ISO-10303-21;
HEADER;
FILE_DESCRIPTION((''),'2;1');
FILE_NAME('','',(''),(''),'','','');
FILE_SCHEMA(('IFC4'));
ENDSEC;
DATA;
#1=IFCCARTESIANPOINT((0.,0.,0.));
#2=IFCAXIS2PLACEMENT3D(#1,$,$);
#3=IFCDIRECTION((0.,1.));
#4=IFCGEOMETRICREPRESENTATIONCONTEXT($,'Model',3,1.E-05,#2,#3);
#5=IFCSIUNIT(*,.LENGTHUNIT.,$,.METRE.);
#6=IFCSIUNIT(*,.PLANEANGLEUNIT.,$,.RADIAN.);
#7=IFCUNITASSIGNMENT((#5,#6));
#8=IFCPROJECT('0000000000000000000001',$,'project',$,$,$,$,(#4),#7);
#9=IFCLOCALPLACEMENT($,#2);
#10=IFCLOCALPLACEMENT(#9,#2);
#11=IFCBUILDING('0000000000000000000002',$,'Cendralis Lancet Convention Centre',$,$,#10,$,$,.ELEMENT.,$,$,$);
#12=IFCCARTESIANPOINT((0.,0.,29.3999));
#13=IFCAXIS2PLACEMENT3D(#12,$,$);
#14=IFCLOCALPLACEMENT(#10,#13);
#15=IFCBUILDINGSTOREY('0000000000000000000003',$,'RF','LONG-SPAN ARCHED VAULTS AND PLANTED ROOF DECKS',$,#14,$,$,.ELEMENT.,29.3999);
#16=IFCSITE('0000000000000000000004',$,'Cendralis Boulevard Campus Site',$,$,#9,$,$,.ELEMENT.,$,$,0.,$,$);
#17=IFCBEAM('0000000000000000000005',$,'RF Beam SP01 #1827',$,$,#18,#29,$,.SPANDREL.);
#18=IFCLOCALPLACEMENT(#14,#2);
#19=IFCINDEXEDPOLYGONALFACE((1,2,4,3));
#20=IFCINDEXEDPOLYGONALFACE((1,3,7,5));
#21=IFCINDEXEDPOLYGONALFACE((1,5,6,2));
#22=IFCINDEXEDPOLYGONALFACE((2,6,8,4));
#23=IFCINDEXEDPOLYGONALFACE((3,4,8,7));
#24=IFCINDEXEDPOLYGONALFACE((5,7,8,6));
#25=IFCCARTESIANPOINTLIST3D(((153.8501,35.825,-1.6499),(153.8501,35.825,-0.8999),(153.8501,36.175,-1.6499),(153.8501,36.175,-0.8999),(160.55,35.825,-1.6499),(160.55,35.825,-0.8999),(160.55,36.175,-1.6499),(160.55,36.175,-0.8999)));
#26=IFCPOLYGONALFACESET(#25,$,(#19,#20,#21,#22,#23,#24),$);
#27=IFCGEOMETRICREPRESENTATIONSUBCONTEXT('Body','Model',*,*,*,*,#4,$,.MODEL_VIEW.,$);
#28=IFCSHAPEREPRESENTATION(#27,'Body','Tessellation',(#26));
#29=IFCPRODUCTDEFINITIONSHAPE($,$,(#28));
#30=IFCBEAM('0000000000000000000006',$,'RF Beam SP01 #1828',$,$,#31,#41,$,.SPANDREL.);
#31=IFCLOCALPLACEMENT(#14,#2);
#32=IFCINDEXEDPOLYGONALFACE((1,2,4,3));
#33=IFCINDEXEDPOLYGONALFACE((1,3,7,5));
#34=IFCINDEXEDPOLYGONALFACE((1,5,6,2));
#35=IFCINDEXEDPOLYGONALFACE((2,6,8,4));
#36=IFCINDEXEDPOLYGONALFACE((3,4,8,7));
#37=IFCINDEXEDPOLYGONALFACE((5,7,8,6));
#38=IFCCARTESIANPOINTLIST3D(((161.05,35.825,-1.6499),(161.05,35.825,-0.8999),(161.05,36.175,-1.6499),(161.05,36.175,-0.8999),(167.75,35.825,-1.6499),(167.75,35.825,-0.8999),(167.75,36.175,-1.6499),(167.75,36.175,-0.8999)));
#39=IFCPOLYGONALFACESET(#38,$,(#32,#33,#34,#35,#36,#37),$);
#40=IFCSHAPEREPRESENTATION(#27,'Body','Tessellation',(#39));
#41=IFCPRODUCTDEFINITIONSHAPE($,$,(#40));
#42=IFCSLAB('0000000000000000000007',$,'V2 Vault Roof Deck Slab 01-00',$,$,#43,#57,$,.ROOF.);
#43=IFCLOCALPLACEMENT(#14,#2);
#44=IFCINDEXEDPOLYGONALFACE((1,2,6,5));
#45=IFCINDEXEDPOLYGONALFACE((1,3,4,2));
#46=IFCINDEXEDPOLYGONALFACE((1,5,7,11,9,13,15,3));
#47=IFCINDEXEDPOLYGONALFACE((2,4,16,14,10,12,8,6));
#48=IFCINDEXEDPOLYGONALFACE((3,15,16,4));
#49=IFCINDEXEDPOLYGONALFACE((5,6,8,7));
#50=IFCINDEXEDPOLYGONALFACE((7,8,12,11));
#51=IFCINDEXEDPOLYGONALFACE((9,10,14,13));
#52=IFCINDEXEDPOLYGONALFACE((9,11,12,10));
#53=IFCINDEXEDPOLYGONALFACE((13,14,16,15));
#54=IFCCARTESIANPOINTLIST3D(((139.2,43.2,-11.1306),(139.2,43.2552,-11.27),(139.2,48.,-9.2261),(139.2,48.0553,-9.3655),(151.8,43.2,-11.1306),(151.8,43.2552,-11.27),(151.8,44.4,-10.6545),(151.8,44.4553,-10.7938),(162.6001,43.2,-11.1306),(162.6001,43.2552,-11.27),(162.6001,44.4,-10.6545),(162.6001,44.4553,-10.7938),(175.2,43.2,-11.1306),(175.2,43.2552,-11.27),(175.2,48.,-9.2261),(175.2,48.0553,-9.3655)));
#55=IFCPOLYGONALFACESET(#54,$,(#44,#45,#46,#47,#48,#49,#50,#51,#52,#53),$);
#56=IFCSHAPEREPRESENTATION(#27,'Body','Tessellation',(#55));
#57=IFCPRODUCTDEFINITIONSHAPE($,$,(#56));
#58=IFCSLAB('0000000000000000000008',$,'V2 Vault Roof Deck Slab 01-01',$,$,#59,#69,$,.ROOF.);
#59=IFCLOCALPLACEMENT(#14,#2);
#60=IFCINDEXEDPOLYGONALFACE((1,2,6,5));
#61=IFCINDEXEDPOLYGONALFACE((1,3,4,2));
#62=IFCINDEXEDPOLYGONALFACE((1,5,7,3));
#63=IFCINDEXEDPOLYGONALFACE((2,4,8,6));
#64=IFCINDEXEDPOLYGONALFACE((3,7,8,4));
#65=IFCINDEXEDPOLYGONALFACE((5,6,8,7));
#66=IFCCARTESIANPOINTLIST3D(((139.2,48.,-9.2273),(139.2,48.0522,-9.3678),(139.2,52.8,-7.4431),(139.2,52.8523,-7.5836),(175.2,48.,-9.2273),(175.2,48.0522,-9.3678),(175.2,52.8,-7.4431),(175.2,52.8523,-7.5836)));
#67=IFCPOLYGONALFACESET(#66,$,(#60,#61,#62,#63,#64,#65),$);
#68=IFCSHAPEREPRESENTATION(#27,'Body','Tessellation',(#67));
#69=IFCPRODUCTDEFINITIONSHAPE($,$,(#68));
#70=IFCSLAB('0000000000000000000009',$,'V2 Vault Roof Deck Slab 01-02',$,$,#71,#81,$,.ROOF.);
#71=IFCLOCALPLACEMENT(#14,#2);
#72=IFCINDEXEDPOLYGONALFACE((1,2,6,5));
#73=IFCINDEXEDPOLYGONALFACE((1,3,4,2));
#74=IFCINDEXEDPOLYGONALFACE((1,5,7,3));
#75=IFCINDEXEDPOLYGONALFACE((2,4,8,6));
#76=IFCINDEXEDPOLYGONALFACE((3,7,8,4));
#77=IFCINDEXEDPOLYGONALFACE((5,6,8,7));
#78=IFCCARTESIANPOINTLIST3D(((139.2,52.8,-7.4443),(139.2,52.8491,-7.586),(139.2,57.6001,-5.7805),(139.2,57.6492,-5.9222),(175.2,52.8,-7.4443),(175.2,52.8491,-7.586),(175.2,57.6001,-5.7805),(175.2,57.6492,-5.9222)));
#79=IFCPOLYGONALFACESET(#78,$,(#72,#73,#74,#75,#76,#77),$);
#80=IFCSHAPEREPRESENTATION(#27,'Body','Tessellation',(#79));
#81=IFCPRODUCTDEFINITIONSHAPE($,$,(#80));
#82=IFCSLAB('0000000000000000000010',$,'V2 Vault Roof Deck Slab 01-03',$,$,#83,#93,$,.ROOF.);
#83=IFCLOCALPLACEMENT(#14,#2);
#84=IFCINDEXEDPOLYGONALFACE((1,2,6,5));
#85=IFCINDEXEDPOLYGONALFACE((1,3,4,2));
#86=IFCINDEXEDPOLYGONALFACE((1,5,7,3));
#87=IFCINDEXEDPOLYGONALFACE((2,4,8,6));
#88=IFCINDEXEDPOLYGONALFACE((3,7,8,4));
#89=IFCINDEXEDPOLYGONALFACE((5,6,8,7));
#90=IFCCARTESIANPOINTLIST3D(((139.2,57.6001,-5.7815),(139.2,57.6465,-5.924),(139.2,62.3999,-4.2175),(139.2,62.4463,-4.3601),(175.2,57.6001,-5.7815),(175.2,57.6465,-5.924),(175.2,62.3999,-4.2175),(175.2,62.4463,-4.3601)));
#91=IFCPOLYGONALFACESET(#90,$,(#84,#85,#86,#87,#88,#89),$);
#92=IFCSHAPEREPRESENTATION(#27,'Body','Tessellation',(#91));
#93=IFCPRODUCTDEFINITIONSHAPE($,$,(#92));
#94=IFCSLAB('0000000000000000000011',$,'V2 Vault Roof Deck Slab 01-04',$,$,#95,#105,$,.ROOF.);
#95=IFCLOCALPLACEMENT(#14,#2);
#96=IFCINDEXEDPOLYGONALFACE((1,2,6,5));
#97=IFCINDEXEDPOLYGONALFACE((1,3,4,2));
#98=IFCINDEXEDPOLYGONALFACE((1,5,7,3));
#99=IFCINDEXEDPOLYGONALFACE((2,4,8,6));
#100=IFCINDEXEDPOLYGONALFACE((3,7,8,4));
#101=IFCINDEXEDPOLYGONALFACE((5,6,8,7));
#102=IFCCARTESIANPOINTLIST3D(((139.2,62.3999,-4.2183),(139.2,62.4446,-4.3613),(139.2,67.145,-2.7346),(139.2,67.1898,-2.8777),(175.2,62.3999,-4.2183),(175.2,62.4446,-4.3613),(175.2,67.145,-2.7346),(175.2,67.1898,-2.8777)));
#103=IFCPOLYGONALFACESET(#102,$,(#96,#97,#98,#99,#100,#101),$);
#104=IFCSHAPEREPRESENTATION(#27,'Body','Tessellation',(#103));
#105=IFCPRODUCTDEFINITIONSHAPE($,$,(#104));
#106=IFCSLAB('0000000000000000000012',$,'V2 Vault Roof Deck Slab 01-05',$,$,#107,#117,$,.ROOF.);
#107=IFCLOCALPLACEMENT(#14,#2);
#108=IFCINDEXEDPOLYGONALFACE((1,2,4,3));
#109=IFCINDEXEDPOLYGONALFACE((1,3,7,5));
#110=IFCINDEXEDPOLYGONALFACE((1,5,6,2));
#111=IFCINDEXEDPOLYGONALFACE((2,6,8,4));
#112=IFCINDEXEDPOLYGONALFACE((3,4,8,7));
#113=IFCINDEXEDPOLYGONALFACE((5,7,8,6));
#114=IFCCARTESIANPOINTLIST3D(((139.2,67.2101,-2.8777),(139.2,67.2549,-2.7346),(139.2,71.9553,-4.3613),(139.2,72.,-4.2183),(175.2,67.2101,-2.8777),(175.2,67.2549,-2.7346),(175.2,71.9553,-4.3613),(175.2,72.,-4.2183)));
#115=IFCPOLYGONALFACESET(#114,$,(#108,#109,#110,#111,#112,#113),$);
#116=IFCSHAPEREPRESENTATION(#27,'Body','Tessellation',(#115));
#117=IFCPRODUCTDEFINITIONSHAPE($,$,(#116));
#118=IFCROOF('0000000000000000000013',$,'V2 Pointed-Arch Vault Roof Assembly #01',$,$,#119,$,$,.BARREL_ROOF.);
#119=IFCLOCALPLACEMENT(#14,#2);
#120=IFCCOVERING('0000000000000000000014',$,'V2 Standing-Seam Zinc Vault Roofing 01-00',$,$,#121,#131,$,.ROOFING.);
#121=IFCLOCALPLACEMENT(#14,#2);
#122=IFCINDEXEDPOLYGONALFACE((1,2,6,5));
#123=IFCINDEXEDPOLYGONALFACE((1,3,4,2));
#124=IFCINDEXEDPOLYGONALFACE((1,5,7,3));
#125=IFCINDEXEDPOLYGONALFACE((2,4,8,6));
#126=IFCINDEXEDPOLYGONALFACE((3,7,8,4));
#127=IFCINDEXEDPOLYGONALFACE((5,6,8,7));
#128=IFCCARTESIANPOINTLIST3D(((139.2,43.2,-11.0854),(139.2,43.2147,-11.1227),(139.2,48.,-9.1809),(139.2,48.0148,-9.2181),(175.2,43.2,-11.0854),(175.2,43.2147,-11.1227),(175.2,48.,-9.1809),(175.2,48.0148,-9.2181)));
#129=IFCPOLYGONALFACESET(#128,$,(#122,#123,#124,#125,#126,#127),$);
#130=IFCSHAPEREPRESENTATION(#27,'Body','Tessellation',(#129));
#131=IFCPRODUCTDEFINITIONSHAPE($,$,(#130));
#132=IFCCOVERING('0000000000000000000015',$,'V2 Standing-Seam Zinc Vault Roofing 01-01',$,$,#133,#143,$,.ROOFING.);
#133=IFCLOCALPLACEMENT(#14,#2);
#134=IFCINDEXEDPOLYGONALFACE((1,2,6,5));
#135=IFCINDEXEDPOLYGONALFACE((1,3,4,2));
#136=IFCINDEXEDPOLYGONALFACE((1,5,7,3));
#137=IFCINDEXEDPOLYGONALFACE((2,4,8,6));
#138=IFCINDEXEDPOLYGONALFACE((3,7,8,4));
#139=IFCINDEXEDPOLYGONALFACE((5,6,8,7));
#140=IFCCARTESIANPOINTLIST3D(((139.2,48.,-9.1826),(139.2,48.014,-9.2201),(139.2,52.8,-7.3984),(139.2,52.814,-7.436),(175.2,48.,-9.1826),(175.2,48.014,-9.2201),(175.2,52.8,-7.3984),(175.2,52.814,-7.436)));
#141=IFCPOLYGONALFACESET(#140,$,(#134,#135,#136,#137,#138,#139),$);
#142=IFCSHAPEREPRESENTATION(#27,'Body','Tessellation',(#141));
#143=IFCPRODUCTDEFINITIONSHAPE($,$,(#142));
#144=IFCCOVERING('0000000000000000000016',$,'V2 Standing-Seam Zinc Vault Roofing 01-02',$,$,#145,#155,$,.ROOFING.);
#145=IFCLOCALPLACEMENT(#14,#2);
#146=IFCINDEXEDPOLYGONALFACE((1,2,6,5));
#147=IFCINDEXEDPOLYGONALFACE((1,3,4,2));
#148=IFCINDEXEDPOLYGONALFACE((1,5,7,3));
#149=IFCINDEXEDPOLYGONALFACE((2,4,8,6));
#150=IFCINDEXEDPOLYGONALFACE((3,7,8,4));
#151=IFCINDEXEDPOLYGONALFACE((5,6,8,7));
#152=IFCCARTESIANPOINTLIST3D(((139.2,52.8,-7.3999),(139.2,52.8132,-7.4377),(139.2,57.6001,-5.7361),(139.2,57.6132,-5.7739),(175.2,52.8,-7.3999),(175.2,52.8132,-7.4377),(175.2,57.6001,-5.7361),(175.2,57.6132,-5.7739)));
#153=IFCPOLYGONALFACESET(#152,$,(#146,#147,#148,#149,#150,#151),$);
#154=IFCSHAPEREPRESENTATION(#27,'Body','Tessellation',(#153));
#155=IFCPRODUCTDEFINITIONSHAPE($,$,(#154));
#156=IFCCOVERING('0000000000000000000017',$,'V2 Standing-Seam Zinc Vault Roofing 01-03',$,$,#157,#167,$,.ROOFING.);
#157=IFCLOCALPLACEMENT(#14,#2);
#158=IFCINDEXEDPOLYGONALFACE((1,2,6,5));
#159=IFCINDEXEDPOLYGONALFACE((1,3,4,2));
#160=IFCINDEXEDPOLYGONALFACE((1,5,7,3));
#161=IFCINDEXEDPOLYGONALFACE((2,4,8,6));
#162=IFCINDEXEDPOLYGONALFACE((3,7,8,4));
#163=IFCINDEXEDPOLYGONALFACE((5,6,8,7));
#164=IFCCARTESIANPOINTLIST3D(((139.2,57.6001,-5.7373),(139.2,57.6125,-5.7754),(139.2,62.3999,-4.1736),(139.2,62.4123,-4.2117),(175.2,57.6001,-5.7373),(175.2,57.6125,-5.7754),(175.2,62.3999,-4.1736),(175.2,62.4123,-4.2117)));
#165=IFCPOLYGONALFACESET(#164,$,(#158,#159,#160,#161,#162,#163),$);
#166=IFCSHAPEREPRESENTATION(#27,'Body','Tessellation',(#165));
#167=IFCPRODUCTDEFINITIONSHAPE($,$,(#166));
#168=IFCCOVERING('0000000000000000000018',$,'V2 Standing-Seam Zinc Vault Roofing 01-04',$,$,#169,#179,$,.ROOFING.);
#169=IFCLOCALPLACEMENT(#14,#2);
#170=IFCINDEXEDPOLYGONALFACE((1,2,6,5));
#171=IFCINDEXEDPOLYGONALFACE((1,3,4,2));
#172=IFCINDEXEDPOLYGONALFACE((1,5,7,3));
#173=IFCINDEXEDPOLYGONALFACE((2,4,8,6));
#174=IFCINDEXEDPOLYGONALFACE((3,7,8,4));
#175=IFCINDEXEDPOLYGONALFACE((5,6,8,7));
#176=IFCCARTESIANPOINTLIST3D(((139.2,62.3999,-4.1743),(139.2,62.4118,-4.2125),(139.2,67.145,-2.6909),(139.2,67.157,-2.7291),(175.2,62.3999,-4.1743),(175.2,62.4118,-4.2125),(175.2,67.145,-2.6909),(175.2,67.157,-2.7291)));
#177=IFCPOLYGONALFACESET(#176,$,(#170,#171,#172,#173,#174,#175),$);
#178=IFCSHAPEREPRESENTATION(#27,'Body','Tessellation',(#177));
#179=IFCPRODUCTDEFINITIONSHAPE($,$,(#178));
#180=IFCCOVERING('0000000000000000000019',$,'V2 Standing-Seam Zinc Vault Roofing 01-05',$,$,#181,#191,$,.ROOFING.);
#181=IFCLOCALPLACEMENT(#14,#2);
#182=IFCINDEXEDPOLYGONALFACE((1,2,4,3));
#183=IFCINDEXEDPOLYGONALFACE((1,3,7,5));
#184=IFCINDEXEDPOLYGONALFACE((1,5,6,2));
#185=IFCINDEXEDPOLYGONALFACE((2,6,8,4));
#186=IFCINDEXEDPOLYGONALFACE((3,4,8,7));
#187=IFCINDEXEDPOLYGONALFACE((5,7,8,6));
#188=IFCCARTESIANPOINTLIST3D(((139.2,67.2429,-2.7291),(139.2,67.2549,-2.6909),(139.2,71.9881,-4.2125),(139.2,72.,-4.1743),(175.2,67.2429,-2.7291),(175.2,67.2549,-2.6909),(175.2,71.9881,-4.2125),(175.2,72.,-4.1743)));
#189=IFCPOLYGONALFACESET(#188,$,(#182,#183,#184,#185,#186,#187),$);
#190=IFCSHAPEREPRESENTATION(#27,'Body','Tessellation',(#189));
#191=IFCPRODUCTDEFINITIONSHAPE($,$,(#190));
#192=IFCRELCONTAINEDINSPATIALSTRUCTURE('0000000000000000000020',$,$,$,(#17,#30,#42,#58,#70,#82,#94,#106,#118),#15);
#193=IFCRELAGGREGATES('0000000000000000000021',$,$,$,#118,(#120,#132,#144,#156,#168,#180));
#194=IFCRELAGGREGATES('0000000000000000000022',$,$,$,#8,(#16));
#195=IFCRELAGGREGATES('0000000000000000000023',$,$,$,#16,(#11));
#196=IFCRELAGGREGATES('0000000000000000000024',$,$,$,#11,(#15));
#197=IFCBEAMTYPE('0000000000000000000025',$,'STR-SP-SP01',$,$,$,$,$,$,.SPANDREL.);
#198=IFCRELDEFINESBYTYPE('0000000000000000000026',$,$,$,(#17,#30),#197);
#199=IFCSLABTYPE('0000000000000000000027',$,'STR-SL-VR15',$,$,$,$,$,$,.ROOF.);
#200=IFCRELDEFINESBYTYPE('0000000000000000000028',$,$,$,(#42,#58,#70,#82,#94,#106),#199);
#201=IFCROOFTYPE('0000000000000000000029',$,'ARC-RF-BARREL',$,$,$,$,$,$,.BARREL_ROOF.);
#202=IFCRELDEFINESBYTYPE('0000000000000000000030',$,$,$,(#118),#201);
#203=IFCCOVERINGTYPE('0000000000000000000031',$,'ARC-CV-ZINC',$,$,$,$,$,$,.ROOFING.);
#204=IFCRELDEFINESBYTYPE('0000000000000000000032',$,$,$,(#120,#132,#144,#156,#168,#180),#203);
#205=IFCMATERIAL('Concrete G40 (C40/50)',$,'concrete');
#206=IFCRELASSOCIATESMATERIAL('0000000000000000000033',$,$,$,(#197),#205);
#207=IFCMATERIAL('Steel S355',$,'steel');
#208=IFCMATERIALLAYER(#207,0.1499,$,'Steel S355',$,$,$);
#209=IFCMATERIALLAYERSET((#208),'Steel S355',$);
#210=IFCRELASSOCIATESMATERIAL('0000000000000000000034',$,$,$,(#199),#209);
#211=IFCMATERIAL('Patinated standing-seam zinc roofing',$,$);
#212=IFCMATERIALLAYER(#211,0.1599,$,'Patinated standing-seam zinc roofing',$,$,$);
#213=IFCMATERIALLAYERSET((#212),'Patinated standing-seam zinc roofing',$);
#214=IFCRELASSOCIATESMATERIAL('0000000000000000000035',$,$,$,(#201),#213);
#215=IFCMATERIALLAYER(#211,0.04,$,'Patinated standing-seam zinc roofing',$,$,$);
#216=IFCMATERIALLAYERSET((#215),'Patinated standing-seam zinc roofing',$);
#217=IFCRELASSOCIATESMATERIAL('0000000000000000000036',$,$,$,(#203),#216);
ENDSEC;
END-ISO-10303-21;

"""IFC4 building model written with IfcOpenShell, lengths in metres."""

from ifc_helpers import new_model, si_unit, direction, frame, origin, origin_2d, place, context, subcontext, project, spatial, polyline, rectangle, outline, extrude, material, layer, layer_set, material_profile, profile_set, type_object, element, aggregate, save


model = new_model("IFC4")

# Units and contexts
model_context = context("Model", 3, precision=1e-05, world=origin(), true_north=direction((0.0, 1.0)))
body_context = subcontext(model_context, "Body", "Model", "MODEL_VIEW")
ifc_project = project(units=[si_unit("LENGTHUNIT", "METRE"), si_unit("PLANEANGLEUNIT", "RADIAN")], contexts=[model_context])

# Site, building, storey
site_placement = place(None, origin())
site = spatial("IfcSite", under=ifc_project, at=site_placement, Name="Cendralis Boulevard Campus Site", CompositionType="ELEMENT", RefElevation=0.0)
building_placement = place(site_placement, origin())
building = spatial("IfcBuilding", under=site, at=building_placement, Name="Cendralis Lancet Convention Centre", CompositionType="ELEMENT")
storey_placement = place(building_placement, frame((0.0, 0.0, 29.3999)))
storey = spatial("IfcBuildingStorey", under=building, at=storey_placement, Name="RF", Description="LONG-SPAN ARCHED VAULTS AND PLANTED ROOF DECKS", CompositionType="ELEMENT", Elevation=29.3999)

# Shared definitions
ifc_material_1 = material(Name="Steel S355", Category="steel")

# Beams
ifc_material_2 = material(Name="Concrete G40 (C40/50)", Category="concrete")
ifc_material_profile_1 = material_profile(ifc_material_2, rectangle(XDim=0.3501, YDim=0.75, at=origin_2d()), Name="RCB 350x750")
ifc_profile_set_1 = profile_set([ifc_material_profile_1], Name="Concrete G40 (C40/50)")
beam_type = type_object("IfcBeamType", Name="STR-SP-SP01", PredefinedType="SPANDREL", material=ifc_profile_set_1)
for number, where, z_axis, x_axis, name in (
    (1, (153.8501, 36.0, -1.2749), (1.0, 0.0, 0.0), (0.0, 1.0, 0.0), "RF Beam SP01 #1827"),
    (2, (161.05, 36.0, -1.2749), (1.0, 0.0, 0.0), (0.0, 1.0, 0.0), "RF Beam SP01 #1828"),
):
    element("IfcBeam", number, at=place(storey_placement, frame(where, z_axis=z_axis, x_axis=x_axis)), inside=storey, type_object=beam_type, Name=name, PredefinedType="SPANDREL", context=body_context, shape_type="SweptSolid", body=[
        extrude(rectangle(XDim=0.3501, YDim=0.75, at=origin_2d()), origin(), (0.0, 0.0, 1.0), 6.7),
    ])

# Slabs
ifc_layer_1 = layer(ifc_material_1, 0.1499, Name="Steel S355")
ifc_layer_set_1 = layer_set([ifc_layer_1], Name="Steel S355")
slab_type = type_object("IfcSlabType", Name="STR-SL-VR15", PredefinedType="ROOF", material=ifc_layer_set_1)
slab_1_placement = place(storey_placement, frame((139.2, 43.2, -11.1306), z_axis=(0.0, -0.368794, 0.929511), x_axis=(1.0, 0.0, 0.0)))
element("IfcSlab", 3, at=slab_1_placement, inside=storey, type_object=slab_type, Name="V2 Vault Roof Deck Slab 01-00", PredefinedType="ROOF", context=body_context, shape_type="SweptSolid", body=[
    extrude(outline(polyline([(0.0, 0.0), (12.6001, 0.0), (12.6001, 1.291), (23.4001, 1.291), (23.4001, 0.0), (36.0, 0.0), (36.0, 5.1641), (0.0, 5.1641), (0.0, 0.0)])), origin(), (0.0, 0.0, -1.0), 0.1499),
])
slab_2_placement = place(storey_placement, frame((139.2, 48.0, -9.2273), z_axis=(0.0, -0.34841, 0.937342), x_axis=(1.0, 0.0, 0.0)))
element("IfcSlab", 4, at=slab_2_placement, inside=storey, type_object=slab_type, Name="V2 Vault Roof Deck Slab 01-01", PredefinedType="ROOF", context=body_context, shape_type="SweptSolid", body=[
    extrude(outline(polyline([(0.0, 0.0), (36.0, 0.0), (36.0, 5.1209), (0.0, 5.1209), (0.0, 0.0)])), origin(), (0.0, 0.0, -1.0), 0.1499),
])
slab_3_placement = place(storey_placement, frame((139.2, 52.8, -7.4443), z_axis=(0.0, -0.327508, 0.944848), x_axis=(1.0, 0.0, 0.0)))
element("IfcSlab", 5, at=slab_3_placement, inside=storey, type_object=slab_type, Name="V2 Vault Roof Deck Slab 01-02", PredefinedType="ROOF", context=body_context, shape_type="SweptSolid", body=[
    extrude(outline(polyline([(0.0, 0.0), (36.0, 0.0), (36.0, 5.0802), (0.0, 5.0802), (0.0, 0.0)])), origin(), (0.0, 0.0, -1.0), 0.1499),
])
slab_4_placement = place(storey_placement, frame((139.2, 57.6001, -5.7815), z_axis=(0.0, -0.309808, 0.950799), x_axis=(1.0, 0.0, 0.0)))
element("IfcSlab", 6, at=slab_4_placement, inside=storey, type_object=slab_type, Name="V2 Vault Roof Deck Slab 01-03", PredefinedType="ROOF", context=body_context, shape_type="SweptSolid", body=[
    extrude(outline(polyline([(0.0, 0.0), (36.0, 0.0), (36.0, 5.0482), (0.0, 5.0482), (0.0, 0.0)])), origin(), (0.0, 0.0, -1.0), 0.1499),
])
for number, where, z_axis, x_axis, name in (
    (7, (139.2, 62.3999, -4.2183), (0.0, -0.29842, 0.954435), (1.0, 0.0, 0.0), "V2 Vault Roof Deck Slab 01-04"),
    (8, (139.2, 67.2549, -2.7346), (0.0, 0.29842, 0.954435), (1.0, 0.0, 0.0), "V2 Vault Roof Deck Slab 01-05"),
):
    element("IfcSlab", number, at=place(storey_placement, frame(where, z_axis=z_axis, x_axis=x_axis)), inside=storey, type_object=slab_type, Name=name, PredefinedType="ROOF", context=body_context, shape_type="SweptSolid", body=[
        extrude(outline(polyline([(0.0, 0.0), (36.0, 0.0), (36.0, 4.9717), (0.0, 4.9717), (0.0, 0.0)])), origin(), (0.0, 0.0, -1.0), 0.1499),
    ])

# Roof, coverings
ifc_material_3 = material(Name="Patinated standing-seam zinc roofing")
ifc_layer_2 = layer(ifc_material_3, 0.1599, Name="Patinated standing-seam zinc roofing")
ifc_layer_set_2 = layer_set([ifc_layer_2], Name="Patinated standing-seam zinc roofing")
roof_type_1 = type_object("IfcRoofType", Name="ARC-RF-BARREL", PredefinedType="BARREL_ROOF", material=ifc_layer_set_2)
roof_1_placement = place(storey_placement, origin())
roof_1 = element("IfcRoof", 9, at=roof_1_placement, inside=storey, type_object=roof_type_1, Name="V2 Pointed-Arch Vault Roof Assembly #01", PredefinedType="BARREL_ROOF")
ifc_layer_3 = layer(ifc_material_3, 0.04, Name="Patinated standing-seam zinc roofing")
ifc_layer_set_3 = layer_set([ifc_layer_3], Name="Patinated standing-seam zinc roofing")
covering_type = type_object("IfcCoveringType", Name="ARC-CV-ZINC", PredefinedType="ROOFING", material=ifc_layer_set_3)
covering_1_placement = place(storey_placement, frame((139.2, 43.2, -11.0854), z_axis=(0.0, -0.368805, 0.929507), x_axis=(1.0, 0.0, 0.0)))
covering_1 = element("IfcCovering", 10, at=covering_1_placement, type_object=covering_type, Name="V2 Standing-Seam Zinc Vault Roofing 01-00", PredefinedType="ROOFING", context=body_context, shape_type="SweptSolid", body=[
    extrude(outline(polyline([(0.0, 0.0), (36.0, 0.0), (36.0, 5.1641), (0.0, 5.1641), (0.0, 0.0)])), origin(), (0.0, 0.0, -1.0), 0.04),
])
covering_2_placement = place(storey_placement, frame((139.2, 48.0, -9.1826), z_axis=(0.0, -0.34841, 0.937342), x_axis=(1.0, 0.0, 0.0)))
covering_2 = element("IfcCovering", 11, at=covering_2_placement, type_object=covering_type, Name="V2 Standing-Seam Zinc Vault Roofing 01-01", PredefinedType="ROOFING", context=body_context, shape_type="SweptSolid", body=[
    extrude(outline(polyline([(0.0, 0.0), (36.0, 0.0), (36.0, 5.1209), (0.0, 5.1209), (0.0, 0.0)])), origin(), (0.0, 0.0, -1.0), 0.04),
])
covering_3_placement = place(storey_placement, frame((139.2, 52.8, -7.3999), z_axis=(0.0, -0.327508, 0.944848), x_axis=(1.0, 0.0, 0.0)))
covering_3 = element("IfcCovering", 12, at=covering_3_placement, type_object=covering_type, Name="V2 Standing-Seam Zinc Vault Roofing 01-02", PredefinedType="ROOFING", context=body_context, shape_type="SweptSolid", body=[
    extrude(outline(polyline([(0.0, 0.0), (36.0, 0.0), (36.0, 5.0802), (0.0, 5.0802), (0.0, 0.0)])), origin(), (0.0, 0.0, -1.0), 0.04),
])
covering_4_placement = place(storey_placement, frame((139.2, 57.6001, -5.7373), z_axis=(0.0, -0.309764, 0.950813), x_axis=(1.0, 0.0, 0.0)))
covering_4 = element("IfcCovering", 13, at=covering_4_placement, type_object=covering_type, Name="V2 Standing-Seam Zinc Vault Roofing 01-03", PredefinedType="ROOFING", context=body_context, shape_type="SweptSolid", body=[
    extrude(outline(polyline([(0.0, 0.0), (36.0, 0.0), (36.0, 5.0481), (0.0, 5.0481), (0.0, 0.0)])), origin(), (0.0, 0.0, -1.0), 0.04),
])
covering_5_placement = place(storey_placement, frame((139.2, 62.3999, -4.1743), z_axis=(0.0, -0.298376, 0.954449), x_axis=(1.0, 0.0, 0.0)))
covering_5 = element("IfcCovering", 14, at=covering_5_placement, type_object=covering_type, Name="V2 Standing-Seam Zinc Vault Roofing 01-04", PredefinedType="ROOFING", context=body_context, shape_type="SweptSolid", body=[
    extrude(outline(polyline([(0.0, 0.0), (36.0, 0.0), (36.0, 4.9716), (0.0, 4.9716), (0.0, 0.0)])), origin(), (0.0, 0.0, -1.0), 0.04),
])
covering_6_placement = place(storey_placement, frame((139.2, 67.2549, -2.6909), z_axis=(0.0, 0.298376, 0.954449), x_axis=(1.0, 0.0, 0.0)))
covering_6 = element("IfcCovering", 15, at=covering_6_placement, type_object=covering_type, Name="V2 Standing-Seam Zinc Vault Roofing 01-05", PredefinedType="ROOFING", context=body_context, shape_type="SweptSolid", body=[
    extrude(outline(polyline([(0.0, 0.0), (36.0, 0.0), (36.0, 4.9716), (0.0, 4.9716), (0.0, 0.0)])), origin(), (0.0, 0.0, -1.0), 0.04),
])
aggregate(roof_1, [covering_1, covering_2, covering_3, covering_4, covering_5, covering_6])

save(model, "model.ifc")
